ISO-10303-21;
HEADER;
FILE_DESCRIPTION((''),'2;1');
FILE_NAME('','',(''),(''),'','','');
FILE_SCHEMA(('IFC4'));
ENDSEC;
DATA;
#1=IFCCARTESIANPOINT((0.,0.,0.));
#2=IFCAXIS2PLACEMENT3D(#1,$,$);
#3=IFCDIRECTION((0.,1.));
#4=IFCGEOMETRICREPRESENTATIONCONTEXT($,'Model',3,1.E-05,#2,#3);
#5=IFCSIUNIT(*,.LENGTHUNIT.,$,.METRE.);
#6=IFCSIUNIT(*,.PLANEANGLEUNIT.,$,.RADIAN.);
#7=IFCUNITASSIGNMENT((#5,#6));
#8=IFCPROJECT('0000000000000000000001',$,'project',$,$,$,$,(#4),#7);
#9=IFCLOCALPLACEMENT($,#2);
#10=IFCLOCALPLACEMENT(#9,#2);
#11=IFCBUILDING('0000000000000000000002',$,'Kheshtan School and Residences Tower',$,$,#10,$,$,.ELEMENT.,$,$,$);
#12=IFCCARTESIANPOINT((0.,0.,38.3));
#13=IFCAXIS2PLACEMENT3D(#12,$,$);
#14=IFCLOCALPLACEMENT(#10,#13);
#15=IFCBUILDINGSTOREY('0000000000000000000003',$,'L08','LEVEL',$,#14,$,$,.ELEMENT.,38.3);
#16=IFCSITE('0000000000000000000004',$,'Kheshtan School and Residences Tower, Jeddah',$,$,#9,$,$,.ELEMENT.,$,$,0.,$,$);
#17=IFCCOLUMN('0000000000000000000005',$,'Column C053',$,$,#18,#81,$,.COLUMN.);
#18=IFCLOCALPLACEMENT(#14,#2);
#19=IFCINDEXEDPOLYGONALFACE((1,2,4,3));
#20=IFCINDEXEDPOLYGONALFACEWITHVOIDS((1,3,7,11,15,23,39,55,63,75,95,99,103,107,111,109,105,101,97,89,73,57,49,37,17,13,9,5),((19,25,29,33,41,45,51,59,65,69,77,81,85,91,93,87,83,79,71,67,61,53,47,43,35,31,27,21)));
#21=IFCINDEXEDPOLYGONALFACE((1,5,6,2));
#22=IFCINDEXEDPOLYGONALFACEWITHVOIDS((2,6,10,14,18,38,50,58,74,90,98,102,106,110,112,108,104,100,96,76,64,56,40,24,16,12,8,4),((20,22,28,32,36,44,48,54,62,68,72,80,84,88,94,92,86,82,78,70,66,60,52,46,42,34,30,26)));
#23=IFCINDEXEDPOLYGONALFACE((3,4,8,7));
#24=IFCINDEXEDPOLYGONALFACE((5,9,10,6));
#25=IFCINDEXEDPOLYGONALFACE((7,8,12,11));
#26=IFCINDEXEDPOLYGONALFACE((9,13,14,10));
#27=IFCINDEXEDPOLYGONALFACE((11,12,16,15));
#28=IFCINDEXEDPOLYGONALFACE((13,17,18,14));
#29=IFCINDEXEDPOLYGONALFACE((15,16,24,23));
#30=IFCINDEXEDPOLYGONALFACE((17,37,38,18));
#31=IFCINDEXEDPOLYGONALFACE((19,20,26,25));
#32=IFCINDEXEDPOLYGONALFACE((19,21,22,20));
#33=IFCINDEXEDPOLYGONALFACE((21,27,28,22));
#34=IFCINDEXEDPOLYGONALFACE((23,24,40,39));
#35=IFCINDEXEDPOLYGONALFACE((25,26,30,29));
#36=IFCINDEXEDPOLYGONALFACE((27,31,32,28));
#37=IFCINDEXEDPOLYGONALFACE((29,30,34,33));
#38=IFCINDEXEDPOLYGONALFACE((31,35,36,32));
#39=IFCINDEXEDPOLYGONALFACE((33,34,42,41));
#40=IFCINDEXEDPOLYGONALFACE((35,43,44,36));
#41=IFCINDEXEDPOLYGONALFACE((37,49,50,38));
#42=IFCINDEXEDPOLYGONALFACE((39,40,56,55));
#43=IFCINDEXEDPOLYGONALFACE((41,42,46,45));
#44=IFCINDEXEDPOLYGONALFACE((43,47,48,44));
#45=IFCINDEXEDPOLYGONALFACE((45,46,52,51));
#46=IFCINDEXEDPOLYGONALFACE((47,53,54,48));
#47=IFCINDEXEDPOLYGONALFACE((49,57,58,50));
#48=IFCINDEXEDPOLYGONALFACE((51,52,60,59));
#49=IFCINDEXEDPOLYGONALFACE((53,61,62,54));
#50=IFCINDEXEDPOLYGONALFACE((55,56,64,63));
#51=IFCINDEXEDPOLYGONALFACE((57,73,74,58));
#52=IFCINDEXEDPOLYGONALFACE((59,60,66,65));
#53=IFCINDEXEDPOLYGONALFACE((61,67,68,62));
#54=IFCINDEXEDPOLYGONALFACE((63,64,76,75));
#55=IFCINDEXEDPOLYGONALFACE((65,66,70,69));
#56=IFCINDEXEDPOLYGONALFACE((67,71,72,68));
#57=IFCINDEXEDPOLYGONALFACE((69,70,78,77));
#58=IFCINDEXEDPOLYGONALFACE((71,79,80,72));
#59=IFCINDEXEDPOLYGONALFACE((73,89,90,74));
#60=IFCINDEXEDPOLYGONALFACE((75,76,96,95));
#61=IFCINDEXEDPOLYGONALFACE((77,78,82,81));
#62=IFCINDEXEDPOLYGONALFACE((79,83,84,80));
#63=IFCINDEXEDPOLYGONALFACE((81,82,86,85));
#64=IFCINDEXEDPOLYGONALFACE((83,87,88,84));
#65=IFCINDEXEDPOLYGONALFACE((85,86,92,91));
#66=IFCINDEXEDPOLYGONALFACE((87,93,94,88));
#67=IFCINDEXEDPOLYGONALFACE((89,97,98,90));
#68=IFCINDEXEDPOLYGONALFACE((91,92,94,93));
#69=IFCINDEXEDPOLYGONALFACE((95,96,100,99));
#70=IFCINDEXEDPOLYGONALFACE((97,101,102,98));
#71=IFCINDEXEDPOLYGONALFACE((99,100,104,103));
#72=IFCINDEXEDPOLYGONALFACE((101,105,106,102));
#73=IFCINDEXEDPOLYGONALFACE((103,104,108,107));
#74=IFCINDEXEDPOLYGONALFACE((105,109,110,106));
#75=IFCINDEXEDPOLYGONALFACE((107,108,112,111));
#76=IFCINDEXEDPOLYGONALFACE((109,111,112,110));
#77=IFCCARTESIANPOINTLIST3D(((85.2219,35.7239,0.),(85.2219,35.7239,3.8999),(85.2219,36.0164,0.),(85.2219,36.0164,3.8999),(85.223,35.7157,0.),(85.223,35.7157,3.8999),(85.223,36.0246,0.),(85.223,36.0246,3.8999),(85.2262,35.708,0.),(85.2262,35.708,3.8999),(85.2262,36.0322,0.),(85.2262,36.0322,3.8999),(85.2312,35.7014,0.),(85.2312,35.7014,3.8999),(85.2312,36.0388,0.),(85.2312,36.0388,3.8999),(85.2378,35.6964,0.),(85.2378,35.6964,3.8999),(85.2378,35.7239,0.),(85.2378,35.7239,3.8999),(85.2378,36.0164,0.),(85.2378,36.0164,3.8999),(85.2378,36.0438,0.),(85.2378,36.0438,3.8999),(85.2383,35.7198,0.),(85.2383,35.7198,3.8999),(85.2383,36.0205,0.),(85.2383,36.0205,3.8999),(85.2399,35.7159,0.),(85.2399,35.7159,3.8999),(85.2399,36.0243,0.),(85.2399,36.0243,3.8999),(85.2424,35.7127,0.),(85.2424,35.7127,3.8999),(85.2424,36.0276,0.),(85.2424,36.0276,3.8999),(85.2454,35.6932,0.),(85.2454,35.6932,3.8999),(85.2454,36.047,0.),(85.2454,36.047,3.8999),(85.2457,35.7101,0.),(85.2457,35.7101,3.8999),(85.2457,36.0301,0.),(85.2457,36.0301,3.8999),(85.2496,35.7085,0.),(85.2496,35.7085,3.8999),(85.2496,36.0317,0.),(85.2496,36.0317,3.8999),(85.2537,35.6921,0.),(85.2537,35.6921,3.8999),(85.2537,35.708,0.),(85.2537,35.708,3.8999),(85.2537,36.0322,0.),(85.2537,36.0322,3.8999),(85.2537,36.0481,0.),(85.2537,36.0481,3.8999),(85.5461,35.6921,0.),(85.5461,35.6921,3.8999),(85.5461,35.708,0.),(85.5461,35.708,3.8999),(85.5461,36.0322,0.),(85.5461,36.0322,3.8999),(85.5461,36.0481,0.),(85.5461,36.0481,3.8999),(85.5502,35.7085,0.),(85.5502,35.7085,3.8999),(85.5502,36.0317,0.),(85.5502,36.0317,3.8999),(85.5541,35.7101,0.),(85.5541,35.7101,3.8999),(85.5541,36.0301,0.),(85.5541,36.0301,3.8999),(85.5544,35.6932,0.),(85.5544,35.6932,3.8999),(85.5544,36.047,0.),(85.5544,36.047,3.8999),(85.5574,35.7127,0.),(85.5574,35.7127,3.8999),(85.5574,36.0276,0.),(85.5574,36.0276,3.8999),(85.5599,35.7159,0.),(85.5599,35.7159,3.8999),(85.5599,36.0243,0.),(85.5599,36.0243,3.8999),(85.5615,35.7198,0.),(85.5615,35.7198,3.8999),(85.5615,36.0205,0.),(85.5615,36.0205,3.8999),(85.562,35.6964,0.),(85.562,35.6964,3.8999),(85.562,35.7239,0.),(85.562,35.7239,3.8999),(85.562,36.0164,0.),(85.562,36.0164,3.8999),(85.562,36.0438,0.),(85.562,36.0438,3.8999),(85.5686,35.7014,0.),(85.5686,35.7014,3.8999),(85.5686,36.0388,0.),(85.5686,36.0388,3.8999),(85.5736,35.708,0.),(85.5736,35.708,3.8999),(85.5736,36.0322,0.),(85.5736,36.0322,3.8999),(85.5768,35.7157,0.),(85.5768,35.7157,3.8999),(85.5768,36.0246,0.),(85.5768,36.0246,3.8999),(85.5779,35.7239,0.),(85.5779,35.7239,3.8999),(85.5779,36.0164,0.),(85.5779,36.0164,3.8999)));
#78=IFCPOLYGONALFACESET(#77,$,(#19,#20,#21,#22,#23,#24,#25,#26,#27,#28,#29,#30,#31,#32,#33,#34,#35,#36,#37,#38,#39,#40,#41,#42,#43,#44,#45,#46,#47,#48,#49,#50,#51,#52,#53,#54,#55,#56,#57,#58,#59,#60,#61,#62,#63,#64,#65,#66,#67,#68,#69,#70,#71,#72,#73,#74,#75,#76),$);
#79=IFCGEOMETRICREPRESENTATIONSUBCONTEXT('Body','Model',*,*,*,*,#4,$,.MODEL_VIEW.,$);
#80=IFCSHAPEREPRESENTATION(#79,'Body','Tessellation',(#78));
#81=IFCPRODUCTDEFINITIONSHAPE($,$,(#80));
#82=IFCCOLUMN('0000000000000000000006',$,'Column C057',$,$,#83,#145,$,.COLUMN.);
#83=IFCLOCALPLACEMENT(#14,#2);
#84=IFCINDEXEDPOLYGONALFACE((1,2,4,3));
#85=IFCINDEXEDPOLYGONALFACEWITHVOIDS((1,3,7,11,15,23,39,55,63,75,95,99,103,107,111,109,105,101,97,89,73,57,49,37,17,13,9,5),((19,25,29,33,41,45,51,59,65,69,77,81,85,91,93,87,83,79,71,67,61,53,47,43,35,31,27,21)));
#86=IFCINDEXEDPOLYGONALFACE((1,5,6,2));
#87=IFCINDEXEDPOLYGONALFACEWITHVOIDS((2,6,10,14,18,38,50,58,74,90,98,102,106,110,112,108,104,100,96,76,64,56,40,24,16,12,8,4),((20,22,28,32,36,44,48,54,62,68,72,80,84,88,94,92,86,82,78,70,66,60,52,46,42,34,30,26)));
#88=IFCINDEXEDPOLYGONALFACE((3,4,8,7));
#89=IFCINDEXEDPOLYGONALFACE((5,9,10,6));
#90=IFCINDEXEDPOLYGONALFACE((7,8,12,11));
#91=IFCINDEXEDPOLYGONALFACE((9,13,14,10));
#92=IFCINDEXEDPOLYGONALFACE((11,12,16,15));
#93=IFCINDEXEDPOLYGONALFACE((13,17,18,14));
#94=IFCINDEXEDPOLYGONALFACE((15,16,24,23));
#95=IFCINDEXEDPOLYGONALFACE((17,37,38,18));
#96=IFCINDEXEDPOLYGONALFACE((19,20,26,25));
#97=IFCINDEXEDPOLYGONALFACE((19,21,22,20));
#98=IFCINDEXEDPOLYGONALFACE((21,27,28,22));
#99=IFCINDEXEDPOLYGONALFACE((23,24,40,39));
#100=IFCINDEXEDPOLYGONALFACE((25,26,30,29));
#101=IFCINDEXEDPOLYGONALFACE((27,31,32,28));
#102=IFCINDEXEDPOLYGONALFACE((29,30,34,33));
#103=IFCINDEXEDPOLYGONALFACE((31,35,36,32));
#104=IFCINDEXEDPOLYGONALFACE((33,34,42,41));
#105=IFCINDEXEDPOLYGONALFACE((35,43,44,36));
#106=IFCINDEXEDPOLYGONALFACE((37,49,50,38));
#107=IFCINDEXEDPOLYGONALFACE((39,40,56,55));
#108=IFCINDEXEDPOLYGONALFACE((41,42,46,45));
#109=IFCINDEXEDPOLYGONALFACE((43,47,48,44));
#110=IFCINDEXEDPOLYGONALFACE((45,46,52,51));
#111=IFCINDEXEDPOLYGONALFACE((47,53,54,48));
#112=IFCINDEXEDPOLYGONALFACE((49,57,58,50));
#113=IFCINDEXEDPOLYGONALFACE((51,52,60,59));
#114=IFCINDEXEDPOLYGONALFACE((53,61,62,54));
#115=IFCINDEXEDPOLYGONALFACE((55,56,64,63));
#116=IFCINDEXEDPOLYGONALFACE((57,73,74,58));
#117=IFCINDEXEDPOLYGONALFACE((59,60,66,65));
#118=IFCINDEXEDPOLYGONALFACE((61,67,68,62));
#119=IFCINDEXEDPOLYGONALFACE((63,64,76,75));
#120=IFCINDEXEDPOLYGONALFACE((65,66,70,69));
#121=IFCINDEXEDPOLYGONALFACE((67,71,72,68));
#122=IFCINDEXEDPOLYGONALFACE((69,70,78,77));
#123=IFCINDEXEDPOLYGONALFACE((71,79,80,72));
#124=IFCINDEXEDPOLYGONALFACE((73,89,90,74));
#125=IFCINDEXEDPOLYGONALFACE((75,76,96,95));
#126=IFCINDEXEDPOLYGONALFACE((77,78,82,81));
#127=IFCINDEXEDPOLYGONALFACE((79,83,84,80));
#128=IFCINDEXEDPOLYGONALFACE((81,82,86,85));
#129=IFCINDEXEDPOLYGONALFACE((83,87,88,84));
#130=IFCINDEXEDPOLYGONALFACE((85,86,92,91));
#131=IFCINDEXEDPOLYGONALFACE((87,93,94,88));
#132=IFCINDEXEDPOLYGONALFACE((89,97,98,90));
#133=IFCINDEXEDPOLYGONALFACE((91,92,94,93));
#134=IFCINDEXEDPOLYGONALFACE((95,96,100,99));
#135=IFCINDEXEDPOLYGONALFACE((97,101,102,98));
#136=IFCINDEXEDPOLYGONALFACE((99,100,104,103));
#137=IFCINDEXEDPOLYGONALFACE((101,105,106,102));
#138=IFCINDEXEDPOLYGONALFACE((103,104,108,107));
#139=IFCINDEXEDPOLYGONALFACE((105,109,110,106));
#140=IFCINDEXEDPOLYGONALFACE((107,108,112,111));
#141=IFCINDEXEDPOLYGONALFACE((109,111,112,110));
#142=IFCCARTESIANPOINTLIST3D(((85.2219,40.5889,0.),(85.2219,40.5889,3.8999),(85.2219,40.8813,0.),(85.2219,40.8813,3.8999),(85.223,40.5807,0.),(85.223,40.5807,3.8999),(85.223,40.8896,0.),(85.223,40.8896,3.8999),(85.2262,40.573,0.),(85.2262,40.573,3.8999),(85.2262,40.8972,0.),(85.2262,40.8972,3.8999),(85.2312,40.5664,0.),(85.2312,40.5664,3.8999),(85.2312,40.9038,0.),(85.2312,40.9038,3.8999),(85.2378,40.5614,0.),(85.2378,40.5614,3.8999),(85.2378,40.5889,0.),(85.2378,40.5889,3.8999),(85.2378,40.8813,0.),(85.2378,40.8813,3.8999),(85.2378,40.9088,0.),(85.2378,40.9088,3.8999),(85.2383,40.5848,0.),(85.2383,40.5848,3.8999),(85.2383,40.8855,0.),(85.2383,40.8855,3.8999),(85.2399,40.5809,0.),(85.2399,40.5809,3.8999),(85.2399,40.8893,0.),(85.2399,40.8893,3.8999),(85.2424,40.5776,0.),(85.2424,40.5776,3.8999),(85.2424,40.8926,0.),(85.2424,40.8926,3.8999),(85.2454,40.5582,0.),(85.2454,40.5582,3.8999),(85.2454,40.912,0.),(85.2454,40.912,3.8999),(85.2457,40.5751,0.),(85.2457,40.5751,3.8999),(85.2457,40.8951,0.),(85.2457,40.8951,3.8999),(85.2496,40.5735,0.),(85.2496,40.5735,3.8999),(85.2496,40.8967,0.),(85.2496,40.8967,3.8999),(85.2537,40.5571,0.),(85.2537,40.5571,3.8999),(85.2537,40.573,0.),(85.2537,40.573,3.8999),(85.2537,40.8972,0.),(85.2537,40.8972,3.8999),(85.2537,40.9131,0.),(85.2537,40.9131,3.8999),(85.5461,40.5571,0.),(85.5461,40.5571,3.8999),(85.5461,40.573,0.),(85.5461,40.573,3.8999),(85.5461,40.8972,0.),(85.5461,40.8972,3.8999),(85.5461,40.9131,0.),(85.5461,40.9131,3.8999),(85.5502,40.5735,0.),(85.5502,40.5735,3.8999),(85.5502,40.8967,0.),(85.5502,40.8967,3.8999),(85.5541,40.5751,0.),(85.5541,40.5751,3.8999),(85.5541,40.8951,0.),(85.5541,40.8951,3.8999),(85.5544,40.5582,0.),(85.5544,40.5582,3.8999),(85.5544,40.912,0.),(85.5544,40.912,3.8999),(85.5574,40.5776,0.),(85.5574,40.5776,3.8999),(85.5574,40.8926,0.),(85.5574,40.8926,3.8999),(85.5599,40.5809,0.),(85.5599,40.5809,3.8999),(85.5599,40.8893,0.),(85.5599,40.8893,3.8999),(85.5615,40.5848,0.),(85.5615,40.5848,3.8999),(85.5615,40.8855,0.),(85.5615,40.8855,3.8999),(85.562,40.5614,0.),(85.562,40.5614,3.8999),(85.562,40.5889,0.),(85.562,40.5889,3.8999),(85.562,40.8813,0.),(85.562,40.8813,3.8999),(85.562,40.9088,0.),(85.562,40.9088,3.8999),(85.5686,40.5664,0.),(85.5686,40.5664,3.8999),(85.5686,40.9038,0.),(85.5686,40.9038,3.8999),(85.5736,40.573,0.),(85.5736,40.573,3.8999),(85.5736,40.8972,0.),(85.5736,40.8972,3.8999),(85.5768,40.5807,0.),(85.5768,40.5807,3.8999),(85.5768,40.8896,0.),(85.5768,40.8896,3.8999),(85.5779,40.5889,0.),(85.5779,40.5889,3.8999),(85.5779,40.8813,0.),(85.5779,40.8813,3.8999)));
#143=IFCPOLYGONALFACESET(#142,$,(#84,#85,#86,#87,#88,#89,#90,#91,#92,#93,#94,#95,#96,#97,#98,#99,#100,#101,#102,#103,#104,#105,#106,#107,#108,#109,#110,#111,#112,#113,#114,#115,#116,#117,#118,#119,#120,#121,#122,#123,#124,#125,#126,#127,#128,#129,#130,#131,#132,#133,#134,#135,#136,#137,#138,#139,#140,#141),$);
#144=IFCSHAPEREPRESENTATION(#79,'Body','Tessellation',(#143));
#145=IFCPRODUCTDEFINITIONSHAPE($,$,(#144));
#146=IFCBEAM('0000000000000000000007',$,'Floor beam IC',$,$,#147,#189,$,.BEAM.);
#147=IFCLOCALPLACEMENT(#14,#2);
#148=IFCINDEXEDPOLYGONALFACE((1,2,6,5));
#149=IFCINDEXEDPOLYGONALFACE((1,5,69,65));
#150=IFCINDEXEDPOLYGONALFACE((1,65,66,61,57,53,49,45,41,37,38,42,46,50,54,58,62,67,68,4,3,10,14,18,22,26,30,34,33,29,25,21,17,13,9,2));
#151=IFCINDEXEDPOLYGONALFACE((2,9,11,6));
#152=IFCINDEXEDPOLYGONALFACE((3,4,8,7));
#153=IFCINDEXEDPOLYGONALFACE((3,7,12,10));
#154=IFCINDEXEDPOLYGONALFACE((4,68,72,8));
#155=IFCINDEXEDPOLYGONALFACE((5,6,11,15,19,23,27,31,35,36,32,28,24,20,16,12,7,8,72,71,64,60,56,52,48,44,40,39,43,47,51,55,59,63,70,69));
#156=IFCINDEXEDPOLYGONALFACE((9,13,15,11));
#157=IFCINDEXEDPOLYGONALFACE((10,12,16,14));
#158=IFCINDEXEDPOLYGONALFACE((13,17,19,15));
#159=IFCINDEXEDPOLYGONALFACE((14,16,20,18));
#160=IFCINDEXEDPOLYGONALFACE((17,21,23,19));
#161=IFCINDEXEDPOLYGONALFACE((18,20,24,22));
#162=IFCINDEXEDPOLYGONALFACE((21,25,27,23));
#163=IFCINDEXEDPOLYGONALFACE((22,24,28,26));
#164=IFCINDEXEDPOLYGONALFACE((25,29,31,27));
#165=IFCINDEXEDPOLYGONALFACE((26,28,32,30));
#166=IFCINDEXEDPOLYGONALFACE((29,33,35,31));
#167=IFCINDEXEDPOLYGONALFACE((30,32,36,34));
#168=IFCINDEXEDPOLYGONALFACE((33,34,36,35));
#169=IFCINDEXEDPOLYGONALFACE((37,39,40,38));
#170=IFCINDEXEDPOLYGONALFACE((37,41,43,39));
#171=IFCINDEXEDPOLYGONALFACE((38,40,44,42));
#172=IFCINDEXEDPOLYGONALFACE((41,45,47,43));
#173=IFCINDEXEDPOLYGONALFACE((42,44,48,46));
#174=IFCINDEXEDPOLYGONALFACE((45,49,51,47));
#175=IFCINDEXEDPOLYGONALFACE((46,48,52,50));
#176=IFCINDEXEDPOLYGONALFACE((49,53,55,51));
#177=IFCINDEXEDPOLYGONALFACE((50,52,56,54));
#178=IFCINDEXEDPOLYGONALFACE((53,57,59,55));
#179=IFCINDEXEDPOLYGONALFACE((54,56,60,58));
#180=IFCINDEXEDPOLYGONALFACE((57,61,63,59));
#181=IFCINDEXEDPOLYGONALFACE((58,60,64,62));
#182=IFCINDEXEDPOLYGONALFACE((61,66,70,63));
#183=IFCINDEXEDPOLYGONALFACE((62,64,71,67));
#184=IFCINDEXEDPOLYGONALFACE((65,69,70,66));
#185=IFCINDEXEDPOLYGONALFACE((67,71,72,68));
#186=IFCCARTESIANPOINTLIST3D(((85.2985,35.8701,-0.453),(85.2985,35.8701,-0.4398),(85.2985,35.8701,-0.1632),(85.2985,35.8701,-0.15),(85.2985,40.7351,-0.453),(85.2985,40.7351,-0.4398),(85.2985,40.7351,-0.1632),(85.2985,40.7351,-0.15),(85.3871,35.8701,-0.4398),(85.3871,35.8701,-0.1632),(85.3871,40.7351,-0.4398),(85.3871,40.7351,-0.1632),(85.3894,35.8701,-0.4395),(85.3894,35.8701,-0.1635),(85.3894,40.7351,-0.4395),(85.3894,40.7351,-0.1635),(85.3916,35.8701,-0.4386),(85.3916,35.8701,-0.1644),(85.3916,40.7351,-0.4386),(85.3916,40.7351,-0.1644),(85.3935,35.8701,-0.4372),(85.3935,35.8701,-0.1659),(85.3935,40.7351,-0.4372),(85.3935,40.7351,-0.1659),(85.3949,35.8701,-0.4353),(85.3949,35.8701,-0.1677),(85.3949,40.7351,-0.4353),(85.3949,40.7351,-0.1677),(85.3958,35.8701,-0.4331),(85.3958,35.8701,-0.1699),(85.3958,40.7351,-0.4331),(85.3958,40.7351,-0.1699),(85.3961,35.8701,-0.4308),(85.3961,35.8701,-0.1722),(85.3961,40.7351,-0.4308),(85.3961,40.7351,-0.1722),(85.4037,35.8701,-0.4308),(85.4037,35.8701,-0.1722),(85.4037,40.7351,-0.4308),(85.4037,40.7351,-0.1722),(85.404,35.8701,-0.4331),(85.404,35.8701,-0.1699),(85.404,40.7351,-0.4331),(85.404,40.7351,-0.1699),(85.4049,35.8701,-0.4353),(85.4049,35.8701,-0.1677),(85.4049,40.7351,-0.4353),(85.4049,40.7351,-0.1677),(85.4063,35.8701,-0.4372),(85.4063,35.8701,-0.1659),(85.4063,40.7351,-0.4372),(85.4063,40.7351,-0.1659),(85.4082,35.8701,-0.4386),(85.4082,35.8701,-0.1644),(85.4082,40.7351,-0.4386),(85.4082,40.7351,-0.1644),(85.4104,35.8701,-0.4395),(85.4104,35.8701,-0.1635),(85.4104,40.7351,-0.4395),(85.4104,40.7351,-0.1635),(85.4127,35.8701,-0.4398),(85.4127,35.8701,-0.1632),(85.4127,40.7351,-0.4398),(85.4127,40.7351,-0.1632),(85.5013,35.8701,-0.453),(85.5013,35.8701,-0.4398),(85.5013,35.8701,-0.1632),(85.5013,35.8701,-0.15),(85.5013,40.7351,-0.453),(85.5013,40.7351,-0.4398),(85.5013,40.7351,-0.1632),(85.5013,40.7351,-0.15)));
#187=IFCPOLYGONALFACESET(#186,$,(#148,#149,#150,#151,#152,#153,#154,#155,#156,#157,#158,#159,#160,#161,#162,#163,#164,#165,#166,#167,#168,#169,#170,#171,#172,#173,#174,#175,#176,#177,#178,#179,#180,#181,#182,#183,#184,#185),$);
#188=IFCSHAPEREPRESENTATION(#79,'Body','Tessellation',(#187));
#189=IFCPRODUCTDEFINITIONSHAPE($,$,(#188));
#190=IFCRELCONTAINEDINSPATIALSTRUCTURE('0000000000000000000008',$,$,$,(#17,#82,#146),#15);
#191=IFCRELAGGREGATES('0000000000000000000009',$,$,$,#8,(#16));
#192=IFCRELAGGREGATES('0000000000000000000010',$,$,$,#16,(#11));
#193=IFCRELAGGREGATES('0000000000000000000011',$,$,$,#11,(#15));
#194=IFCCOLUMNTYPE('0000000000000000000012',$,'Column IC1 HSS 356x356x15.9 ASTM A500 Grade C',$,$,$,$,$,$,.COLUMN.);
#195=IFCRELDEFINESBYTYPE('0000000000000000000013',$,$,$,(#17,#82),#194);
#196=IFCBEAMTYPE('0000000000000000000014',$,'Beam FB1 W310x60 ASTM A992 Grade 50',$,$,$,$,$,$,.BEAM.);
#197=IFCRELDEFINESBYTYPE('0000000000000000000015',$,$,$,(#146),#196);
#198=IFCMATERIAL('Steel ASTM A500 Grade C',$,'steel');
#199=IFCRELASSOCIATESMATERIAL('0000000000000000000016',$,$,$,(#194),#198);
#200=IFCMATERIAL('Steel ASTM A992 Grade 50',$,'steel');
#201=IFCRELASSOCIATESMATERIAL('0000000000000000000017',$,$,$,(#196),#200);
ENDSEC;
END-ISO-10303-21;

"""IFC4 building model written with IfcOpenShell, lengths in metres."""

from ifc_helpers import new_model, si_unit, direction, frame, origin, origin_2d, place, context, subcontext, project, spatial, hollow_rectangle, i_section, extrude, material, material_profile, profile_set, type_object, element, save


model = new_model("IFC4")

# Units and contexts
model_context = context("Model", 3, precision=1e-05, world=origin(), true_north=direction((0.0, 1.0)))
body_context = subcontext(model_context, "Body", "Model", "MODEL_VIEW")
ifc_project = project(units=[si_unit("LENGTHUNIT", "METRE"), si_unit("PLANEANGLEUNIT", "RADIAN")], contexts=[model_context])

# Site, building, storey
site_placement = place(None, origin())
site = spatial("IfcSite", under=ifc_project, at=site_placement, Name="Kheshtan School and Residences Tower, Jeddah", CompositionType="ELEMENT", RefElevation=0.0)
building_placement = place(site_placement, origin())
building = spatial("IfcBuilding", under=site, at=building_placement, Name="Kheshtan School and Residences Tower", CompositionType="ELEMENT")
storey_placement = place(building_placement, frame((0.0, 0.0, 38.3)))
storey = spatial("IfcBuildingStorey", under=building, at=storey_placement, Name="L08", Description="LEVEL", CompositionType="ELEMENT", Elevation=38.3)

# Columns
ifc_material_1 = material(Name="Steel ASTM A500 Grade C", Category="steel")
ifc_material_profile_1 = material_profile(ifc_material_1, hollow_rectangle(XDim=0.356, YDim=0.356, WallThickness=0.0159, InnerFilletRadius=0.0159, OuterFilletRadius=0.0317, at=origin_2d()), Name="HSS 356x356x15.9")
ifc_profile_set_1 = profile_set([ifc_material_profile_1], Name="Steel ASTM A500 Grade C")
column_type = type_object("IfcColumnType", Name="Column IC1 HSS 356x356x15.9 ASTM A500 Grade C", PredefinedType="COLUMN", material=ifc_profile_set_1)
for number, where, z_axis, x_axis, name in (
    (1, (85.3999, 35.8701, 0.0), (0.0, 0.0, 1.0), (1.0, 0.0, 0.0), "Column C053"),
    (2, (85.3999, 40.7351, 0.0), (0.0, 0.0, 1.0), (1.0, 0.0, 0.0), "Column C057"),
):
    element("IfcColumn", number, at=place(storey_placement, frame(where, z_axis=z_axis, x_axis=x_axis)), inside=storey, type_object=column_type, Name=name, PredefinedType="COLUMN", context=body_context, shape_type="SweptSolid", body=[
        extrude(hollow_rectangle(XDim=0.356, YDim=0.356, WallThickness=0.0159, InnerFilletRadius=0.0159, OuterFilletRadius=0.0317, at=origin_2d()), origin(), (0.0, 0.0, 1.0), 3.8999),
    ])

# Beam
ifc_material_2 = material(Name="Steel ASTM A992 Grade 50", Category="steel")
ifc_material_profile_2 = material_profile(ifc_material_2, i_section(OverallWidth=0.2029, OverallDepth=0.303, WebThickness=0.0076, FlangeThickness=0.0132, FilletRadius=0.009, at=origin_2d()), Name="W310x60")
ifc_profile_set_2 = profile_set([ifc_material_profile_2], Name="Steel ASTM A992 Grade 50")
beam_type = type_object("IfcBeamType", Name="Beam FB1 W310x60 ASTM A992 Grade 50", PredefinedType="BEAM", material=ifc_profile_set_2)
beam_placement = place(storey_placement, frame((85.3999, 40.7351, -0.3015), z_axis=(0.0, -1.0, 0.0), x_axis=(1.0, 0.0, 0.0)))
element("IfcBeam", 3, at=beam_placement, inside=storey, type_object=beam_type, Name="Floor beam IC", PredefinedType="BEAM", context=body_context, shape_type="SweptSolid", body=[
    extrude(i_section(OverallWidth=0.2029, OverallDepth=0.303, WebThickness=0.0076, FlangeThickness=0.0132, FilletRadius=0.009, at=origin_2d()), origin(), (0.0, 0.0, 1.0), 4.865),
])

save(model, "model.ifc")
